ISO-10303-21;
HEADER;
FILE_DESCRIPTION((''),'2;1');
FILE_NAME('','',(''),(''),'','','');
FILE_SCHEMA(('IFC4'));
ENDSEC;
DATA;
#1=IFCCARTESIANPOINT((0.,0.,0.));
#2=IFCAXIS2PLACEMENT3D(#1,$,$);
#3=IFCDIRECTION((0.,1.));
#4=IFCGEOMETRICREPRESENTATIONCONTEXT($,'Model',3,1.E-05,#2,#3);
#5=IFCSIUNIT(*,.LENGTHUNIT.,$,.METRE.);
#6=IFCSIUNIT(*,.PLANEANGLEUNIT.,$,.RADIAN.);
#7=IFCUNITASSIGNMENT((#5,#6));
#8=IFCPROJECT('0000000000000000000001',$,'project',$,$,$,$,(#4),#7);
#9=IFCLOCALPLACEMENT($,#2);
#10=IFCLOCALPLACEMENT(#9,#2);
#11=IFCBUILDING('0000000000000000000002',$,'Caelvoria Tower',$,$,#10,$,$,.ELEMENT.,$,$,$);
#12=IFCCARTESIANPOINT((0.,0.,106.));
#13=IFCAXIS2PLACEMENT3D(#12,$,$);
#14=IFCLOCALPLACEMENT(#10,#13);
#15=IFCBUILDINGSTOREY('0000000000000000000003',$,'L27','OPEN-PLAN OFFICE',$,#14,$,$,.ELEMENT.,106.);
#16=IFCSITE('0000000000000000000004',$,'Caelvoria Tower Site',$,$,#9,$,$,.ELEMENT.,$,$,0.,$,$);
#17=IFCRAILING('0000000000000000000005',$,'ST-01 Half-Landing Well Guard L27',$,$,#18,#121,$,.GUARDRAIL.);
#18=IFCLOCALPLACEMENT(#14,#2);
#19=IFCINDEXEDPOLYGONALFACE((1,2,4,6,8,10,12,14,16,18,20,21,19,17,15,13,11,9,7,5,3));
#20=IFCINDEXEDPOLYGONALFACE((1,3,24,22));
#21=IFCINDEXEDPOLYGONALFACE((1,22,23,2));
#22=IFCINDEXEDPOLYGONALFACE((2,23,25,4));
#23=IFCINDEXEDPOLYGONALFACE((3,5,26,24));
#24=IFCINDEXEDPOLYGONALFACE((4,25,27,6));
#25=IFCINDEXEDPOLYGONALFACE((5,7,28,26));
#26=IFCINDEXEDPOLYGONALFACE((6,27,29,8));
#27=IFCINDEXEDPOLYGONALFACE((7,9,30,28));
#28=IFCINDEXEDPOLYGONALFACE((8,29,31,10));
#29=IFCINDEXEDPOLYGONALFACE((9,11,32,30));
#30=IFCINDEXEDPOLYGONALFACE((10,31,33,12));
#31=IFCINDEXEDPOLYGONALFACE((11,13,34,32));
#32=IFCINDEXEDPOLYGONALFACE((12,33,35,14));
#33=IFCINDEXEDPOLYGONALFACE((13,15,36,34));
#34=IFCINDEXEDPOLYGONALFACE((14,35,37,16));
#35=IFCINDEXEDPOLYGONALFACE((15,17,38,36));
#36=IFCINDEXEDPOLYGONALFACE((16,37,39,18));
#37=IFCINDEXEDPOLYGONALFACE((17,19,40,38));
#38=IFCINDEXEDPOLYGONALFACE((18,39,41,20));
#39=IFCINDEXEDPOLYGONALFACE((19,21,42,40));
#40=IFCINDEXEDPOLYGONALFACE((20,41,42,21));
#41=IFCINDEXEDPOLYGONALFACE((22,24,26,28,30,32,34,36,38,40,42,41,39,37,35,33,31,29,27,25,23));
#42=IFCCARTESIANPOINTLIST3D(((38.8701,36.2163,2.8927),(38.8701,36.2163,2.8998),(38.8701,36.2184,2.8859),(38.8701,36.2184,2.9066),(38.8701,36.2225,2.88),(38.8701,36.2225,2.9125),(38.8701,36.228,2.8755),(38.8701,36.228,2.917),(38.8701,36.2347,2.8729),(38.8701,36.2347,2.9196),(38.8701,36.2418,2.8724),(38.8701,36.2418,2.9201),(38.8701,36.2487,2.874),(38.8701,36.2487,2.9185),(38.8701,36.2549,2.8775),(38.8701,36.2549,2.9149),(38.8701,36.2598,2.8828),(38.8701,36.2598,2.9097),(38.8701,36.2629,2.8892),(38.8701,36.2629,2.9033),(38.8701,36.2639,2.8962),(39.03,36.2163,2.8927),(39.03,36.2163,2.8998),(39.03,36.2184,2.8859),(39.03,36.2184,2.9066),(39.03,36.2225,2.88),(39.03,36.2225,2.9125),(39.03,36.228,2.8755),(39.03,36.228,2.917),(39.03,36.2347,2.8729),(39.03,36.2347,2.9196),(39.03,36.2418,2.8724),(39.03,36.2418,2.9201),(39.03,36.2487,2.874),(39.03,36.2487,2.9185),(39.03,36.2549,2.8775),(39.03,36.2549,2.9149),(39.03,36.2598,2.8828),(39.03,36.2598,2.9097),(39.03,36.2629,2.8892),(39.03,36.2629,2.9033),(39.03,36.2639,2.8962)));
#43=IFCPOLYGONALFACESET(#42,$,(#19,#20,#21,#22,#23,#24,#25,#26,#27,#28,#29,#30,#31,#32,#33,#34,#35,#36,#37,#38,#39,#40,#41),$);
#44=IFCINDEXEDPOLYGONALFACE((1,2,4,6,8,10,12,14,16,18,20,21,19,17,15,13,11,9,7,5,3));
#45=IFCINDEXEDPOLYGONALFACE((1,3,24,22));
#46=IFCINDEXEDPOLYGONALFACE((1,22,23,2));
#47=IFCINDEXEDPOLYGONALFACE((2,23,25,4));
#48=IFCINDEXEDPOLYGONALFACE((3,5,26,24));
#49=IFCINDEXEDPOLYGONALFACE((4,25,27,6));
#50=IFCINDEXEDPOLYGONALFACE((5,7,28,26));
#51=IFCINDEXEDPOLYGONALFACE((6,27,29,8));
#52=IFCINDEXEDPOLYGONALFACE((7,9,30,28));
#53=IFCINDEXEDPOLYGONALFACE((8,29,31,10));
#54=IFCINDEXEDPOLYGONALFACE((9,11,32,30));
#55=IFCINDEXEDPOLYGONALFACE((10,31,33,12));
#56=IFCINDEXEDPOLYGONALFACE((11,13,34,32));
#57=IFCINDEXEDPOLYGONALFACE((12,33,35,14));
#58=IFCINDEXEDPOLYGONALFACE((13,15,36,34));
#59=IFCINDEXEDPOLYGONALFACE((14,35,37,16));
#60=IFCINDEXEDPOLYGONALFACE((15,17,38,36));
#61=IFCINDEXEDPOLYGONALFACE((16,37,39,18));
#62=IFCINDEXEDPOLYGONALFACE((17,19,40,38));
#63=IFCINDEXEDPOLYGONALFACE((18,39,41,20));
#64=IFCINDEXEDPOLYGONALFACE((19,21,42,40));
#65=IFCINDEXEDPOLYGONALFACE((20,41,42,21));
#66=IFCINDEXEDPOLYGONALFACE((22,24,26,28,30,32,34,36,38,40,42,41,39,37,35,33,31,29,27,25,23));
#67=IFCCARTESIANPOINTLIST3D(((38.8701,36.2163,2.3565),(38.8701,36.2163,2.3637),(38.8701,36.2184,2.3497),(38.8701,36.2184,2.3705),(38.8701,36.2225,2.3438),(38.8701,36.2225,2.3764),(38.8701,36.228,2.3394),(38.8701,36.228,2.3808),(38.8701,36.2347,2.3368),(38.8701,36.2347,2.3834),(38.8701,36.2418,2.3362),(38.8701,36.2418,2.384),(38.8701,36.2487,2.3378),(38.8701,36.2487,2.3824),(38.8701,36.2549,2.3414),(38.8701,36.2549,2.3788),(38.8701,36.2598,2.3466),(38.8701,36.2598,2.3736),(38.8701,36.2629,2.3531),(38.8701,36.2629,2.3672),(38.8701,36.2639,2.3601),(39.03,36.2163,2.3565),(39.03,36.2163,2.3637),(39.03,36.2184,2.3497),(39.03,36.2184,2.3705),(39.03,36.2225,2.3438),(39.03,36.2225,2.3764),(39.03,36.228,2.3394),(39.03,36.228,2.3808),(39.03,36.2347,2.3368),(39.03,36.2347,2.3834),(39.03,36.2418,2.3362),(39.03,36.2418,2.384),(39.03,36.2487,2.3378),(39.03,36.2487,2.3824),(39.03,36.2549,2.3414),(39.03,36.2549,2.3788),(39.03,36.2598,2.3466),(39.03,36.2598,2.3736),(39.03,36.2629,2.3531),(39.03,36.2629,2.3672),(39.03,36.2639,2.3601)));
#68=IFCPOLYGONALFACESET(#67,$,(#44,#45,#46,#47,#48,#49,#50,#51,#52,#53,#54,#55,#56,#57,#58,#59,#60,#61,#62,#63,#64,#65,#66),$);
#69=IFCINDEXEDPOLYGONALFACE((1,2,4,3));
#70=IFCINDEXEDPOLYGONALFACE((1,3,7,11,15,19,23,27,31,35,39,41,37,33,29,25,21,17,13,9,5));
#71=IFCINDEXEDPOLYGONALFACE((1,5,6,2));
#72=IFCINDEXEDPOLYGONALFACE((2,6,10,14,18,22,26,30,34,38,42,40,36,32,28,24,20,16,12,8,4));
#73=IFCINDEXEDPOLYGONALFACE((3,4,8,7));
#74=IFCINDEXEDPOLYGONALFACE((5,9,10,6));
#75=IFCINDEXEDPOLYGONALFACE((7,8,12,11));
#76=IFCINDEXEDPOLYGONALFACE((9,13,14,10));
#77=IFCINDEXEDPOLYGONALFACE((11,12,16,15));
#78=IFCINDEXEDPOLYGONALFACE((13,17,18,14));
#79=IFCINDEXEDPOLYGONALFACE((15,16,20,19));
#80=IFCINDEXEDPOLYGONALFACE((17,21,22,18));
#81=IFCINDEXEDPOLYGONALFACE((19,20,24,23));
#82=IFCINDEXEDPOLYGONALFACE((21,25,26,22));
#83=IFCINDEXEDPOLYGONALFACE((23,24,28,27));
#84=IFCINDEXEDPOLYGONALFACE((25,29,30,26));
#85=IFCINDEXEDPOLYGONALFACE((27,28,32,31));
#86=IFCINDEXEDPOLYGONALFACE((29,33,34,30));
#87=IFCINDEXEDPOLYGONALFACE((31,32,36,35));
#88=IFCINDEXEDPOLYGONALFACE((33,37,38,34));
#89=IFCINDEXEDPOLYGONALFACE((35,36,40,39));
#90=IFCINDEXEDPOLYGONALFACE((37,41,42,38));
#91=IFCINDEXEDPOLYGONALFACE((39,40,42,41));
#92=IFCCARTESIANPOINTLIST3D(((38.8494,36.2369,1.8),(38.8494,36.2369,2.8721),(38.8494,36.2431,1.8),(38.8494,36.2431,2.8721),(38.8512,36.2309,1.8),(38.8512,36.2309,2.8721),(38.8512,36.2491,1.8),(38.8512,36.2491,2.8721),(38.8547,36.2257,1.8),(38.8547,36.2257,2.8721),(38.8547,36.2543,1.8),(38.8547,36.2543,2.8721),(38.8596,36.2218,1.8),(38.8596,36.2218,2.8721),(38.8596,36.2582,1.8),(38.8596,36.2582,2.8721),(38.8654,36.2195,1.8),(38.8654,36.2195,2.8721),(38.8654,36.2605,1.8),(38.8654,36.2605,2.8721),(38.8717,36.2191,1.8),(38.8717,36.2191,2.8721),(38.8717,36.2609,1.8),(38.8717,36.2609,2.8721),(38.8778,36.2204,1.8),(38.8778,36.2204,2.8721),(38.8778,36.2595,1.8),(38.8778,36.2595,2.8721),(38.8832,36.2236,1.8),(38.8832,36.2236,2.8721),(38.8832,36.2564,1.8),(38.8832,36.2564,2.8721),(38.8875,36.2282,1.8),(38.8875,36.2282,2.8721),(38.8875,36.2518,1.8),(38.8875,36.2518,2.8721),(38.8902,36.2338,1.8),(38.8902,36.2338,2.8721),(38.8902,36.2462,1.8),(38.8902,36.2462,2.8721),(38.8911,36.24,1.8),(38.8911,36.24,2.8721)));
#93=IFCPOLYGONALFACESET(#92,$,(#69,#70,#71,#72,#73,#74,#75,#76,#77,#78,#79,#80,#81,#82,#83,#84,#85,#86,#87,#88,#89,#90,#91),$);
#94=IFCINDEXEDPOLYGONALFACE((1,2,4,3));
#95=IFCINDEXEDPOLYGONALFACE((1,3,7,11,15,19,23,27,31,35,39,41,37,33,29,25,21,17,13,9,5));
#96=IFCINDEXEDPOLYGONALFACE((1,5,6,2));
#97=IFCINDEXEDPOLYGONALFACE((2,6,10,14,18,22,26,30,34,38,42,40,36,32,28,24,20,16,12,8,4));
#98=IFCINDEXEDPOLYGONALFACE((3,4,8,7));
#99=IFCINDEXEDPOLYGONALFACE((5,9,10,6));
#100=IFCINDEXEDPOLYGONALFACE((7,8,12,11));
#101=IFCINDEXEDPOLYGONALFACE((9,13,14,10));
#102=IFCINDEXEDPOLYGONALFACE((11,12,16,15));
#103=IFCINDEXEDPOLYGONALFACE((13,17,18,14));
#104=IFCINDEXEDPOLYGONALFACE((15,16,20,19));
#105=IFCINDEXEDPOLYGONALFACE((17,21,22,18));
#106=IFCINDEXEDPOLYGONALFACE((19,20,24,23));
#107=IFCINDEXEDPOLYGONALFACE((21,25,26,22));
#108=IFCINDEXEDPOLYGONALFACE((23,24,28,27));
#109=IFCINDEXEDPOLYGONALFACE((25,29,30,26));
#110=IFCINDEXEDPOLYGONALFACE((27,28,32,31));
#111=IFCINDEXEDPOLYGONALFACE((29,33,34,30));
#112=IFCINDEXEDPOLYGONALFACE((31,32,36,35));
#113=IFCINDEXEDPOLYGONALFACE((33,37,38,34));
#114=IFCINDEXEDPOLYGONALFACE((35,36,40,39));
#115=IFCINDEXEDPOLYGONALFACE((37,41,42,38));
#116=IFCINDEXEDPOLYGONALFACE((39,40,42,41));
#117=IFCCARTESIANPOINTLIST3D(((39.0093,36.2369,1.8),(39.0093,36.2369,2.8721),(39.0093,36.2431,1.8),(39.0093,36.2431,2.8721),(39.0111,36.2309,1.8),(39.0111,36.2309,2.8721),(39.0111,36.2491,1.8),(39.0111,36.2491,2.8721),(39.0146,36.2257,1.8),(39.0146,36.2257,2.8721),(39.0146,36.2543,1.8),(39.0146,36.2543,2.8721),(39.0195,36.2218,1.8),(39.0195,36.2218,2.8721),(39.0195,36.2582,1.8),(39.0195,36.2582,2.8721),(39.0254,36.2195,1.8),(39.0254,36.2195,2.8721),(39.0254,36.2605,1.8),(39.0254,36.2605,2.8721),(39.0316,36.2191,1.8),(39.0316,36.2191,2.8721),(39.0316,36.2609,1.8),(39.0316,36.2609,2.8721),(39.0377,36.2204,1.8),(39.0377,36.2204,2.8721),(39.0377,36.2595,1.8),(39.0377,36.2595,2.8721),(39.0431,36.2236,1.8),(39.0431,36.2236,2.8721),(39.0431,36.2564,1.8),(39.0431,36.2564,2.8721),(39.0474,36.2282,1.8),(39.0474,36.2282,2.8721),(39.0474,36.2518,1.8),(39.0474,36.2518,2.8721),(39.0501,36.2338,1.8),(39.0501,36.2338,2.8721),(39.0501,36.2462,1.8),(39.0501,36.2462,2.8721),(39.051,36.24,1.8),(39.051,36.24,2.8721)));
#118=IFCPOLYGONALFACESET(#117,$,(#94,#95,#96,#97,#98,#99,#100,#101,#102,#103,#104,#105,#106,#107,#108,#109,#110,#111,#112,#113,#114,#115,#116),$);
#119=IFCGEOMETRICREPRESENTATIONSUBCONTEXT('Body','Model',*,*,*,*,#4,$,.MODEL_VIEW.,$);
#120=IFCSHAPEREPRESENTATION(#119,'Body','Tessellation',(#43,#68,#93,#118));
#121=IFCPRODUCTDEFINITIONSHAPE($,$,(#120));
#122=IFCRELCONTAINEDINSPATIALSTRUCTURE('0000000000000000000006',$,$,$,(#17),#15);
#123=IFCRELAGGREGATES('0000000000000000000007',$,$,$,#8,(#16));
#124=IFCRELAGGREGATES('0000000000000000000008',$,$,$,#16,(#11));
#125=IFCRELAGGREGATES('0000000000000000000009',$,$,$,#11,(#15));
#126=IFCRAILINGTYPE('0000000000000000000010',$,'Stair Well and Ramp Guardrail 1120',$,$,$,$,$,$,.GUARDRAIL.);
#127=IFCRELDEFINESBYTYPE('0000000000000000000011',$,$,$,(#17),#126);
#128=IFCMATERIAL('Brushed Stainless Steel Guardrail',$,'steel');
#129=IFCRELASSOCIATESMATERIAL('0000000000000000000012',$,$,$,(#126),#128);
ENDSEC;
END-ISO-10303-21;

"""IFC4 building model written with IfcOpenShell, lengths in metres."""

from ifc_helpers import new_model, si_unit, direction, frame, origin, origin_2d, place, context, subcontext, project, spatial, circle, extrude, material, type_object, element, save


model = new_model("IFC4")

# Units and contexts
model_context = context("Model", 3, precision=1e-05, world=origin(), true_north=direction((0.0, 1.0)))
body_context = subcontext(model_context, "Body", "Model", "MODEL_VIEW")
ifc_project = project(units=[si_unit("LENGTHUNIT", "METRE"), si_unit("PLANEANGLEUNIT", "RADIAN")], contexts=[model_context])

# Site, building, storey
site_placement = place(None, origin())
site = spatial("IfcSite", under=ifc_project, at=site_placement, Name="Caelvoria Tower Site", CompositionType="ELEMENT", RefElevation=0.0)
building_placement = place(site_placement, origin())
building = spatial("IfcBuilding", under=site, at=building_placement, Name="Caelvoria Tower", CompositionType="ELEMENT")
storey_placement = place(building_placement, frame((0.0, 0.0, 106.0)))
storey = spatial("IfcBuildingStorey", under=building, at=storey_placement, Name="L27", Description="OPEN-PLAN OFFICE", CompositionType="ELEMENT", Elevation=106.0)

# Railing
ifc_material_1 = material(Name="Brushed Stainless Steel Guardrail", Category="steel")
railing_type_1 = type_object("IfcRailingType", Name="Stair Well and Ramp Guardrail 1120", PredefinedType="GUARDRAIL", material=ifc_material_1)
railing_1_placement = place(storey_placement, frame((38.8701, 36.24, 1.8)))
element("IfcRailing", 1, at=railing_1_placement, inside=storey, type_object=railing_type_1, Name="ST-01 Half-Landing Well Guard L27", PredefinedType="GUARDRAIL", context=body_context, shape_type="SweptSolid", body=[
    extrude(circle(Radius=0.0239, at=origin_2d()), frame((0.0, 0.0, 1.0962), z_axis=(1.0, 0.0, 0.0), x_axis=(0.0, 1.0, 0.0)), (0.0, 0.0, 1.0), 0.1599),
    extrude(circle(Radius=0.0239, at=origin_2d()), frame((0.0, 0.0, 0.5601), z_axis=(1.0, 0.0, 0.0), x_axis=(0.0, 1.0, 0.0)), (0.0, 0.0, 1.0), 0.1599),
    extrude(circle(Radius=0.021, at=origin_2d()), origin(), (0.0, 0.0, 1.0), 1.072),
    extrude(circle(Radius=0.021, at=origin_2d()), frame((0.1599, 0.0, 0.0)), (0.0, 0.0, 1.0), 1.072),
])

save(model, "model.ifc")
